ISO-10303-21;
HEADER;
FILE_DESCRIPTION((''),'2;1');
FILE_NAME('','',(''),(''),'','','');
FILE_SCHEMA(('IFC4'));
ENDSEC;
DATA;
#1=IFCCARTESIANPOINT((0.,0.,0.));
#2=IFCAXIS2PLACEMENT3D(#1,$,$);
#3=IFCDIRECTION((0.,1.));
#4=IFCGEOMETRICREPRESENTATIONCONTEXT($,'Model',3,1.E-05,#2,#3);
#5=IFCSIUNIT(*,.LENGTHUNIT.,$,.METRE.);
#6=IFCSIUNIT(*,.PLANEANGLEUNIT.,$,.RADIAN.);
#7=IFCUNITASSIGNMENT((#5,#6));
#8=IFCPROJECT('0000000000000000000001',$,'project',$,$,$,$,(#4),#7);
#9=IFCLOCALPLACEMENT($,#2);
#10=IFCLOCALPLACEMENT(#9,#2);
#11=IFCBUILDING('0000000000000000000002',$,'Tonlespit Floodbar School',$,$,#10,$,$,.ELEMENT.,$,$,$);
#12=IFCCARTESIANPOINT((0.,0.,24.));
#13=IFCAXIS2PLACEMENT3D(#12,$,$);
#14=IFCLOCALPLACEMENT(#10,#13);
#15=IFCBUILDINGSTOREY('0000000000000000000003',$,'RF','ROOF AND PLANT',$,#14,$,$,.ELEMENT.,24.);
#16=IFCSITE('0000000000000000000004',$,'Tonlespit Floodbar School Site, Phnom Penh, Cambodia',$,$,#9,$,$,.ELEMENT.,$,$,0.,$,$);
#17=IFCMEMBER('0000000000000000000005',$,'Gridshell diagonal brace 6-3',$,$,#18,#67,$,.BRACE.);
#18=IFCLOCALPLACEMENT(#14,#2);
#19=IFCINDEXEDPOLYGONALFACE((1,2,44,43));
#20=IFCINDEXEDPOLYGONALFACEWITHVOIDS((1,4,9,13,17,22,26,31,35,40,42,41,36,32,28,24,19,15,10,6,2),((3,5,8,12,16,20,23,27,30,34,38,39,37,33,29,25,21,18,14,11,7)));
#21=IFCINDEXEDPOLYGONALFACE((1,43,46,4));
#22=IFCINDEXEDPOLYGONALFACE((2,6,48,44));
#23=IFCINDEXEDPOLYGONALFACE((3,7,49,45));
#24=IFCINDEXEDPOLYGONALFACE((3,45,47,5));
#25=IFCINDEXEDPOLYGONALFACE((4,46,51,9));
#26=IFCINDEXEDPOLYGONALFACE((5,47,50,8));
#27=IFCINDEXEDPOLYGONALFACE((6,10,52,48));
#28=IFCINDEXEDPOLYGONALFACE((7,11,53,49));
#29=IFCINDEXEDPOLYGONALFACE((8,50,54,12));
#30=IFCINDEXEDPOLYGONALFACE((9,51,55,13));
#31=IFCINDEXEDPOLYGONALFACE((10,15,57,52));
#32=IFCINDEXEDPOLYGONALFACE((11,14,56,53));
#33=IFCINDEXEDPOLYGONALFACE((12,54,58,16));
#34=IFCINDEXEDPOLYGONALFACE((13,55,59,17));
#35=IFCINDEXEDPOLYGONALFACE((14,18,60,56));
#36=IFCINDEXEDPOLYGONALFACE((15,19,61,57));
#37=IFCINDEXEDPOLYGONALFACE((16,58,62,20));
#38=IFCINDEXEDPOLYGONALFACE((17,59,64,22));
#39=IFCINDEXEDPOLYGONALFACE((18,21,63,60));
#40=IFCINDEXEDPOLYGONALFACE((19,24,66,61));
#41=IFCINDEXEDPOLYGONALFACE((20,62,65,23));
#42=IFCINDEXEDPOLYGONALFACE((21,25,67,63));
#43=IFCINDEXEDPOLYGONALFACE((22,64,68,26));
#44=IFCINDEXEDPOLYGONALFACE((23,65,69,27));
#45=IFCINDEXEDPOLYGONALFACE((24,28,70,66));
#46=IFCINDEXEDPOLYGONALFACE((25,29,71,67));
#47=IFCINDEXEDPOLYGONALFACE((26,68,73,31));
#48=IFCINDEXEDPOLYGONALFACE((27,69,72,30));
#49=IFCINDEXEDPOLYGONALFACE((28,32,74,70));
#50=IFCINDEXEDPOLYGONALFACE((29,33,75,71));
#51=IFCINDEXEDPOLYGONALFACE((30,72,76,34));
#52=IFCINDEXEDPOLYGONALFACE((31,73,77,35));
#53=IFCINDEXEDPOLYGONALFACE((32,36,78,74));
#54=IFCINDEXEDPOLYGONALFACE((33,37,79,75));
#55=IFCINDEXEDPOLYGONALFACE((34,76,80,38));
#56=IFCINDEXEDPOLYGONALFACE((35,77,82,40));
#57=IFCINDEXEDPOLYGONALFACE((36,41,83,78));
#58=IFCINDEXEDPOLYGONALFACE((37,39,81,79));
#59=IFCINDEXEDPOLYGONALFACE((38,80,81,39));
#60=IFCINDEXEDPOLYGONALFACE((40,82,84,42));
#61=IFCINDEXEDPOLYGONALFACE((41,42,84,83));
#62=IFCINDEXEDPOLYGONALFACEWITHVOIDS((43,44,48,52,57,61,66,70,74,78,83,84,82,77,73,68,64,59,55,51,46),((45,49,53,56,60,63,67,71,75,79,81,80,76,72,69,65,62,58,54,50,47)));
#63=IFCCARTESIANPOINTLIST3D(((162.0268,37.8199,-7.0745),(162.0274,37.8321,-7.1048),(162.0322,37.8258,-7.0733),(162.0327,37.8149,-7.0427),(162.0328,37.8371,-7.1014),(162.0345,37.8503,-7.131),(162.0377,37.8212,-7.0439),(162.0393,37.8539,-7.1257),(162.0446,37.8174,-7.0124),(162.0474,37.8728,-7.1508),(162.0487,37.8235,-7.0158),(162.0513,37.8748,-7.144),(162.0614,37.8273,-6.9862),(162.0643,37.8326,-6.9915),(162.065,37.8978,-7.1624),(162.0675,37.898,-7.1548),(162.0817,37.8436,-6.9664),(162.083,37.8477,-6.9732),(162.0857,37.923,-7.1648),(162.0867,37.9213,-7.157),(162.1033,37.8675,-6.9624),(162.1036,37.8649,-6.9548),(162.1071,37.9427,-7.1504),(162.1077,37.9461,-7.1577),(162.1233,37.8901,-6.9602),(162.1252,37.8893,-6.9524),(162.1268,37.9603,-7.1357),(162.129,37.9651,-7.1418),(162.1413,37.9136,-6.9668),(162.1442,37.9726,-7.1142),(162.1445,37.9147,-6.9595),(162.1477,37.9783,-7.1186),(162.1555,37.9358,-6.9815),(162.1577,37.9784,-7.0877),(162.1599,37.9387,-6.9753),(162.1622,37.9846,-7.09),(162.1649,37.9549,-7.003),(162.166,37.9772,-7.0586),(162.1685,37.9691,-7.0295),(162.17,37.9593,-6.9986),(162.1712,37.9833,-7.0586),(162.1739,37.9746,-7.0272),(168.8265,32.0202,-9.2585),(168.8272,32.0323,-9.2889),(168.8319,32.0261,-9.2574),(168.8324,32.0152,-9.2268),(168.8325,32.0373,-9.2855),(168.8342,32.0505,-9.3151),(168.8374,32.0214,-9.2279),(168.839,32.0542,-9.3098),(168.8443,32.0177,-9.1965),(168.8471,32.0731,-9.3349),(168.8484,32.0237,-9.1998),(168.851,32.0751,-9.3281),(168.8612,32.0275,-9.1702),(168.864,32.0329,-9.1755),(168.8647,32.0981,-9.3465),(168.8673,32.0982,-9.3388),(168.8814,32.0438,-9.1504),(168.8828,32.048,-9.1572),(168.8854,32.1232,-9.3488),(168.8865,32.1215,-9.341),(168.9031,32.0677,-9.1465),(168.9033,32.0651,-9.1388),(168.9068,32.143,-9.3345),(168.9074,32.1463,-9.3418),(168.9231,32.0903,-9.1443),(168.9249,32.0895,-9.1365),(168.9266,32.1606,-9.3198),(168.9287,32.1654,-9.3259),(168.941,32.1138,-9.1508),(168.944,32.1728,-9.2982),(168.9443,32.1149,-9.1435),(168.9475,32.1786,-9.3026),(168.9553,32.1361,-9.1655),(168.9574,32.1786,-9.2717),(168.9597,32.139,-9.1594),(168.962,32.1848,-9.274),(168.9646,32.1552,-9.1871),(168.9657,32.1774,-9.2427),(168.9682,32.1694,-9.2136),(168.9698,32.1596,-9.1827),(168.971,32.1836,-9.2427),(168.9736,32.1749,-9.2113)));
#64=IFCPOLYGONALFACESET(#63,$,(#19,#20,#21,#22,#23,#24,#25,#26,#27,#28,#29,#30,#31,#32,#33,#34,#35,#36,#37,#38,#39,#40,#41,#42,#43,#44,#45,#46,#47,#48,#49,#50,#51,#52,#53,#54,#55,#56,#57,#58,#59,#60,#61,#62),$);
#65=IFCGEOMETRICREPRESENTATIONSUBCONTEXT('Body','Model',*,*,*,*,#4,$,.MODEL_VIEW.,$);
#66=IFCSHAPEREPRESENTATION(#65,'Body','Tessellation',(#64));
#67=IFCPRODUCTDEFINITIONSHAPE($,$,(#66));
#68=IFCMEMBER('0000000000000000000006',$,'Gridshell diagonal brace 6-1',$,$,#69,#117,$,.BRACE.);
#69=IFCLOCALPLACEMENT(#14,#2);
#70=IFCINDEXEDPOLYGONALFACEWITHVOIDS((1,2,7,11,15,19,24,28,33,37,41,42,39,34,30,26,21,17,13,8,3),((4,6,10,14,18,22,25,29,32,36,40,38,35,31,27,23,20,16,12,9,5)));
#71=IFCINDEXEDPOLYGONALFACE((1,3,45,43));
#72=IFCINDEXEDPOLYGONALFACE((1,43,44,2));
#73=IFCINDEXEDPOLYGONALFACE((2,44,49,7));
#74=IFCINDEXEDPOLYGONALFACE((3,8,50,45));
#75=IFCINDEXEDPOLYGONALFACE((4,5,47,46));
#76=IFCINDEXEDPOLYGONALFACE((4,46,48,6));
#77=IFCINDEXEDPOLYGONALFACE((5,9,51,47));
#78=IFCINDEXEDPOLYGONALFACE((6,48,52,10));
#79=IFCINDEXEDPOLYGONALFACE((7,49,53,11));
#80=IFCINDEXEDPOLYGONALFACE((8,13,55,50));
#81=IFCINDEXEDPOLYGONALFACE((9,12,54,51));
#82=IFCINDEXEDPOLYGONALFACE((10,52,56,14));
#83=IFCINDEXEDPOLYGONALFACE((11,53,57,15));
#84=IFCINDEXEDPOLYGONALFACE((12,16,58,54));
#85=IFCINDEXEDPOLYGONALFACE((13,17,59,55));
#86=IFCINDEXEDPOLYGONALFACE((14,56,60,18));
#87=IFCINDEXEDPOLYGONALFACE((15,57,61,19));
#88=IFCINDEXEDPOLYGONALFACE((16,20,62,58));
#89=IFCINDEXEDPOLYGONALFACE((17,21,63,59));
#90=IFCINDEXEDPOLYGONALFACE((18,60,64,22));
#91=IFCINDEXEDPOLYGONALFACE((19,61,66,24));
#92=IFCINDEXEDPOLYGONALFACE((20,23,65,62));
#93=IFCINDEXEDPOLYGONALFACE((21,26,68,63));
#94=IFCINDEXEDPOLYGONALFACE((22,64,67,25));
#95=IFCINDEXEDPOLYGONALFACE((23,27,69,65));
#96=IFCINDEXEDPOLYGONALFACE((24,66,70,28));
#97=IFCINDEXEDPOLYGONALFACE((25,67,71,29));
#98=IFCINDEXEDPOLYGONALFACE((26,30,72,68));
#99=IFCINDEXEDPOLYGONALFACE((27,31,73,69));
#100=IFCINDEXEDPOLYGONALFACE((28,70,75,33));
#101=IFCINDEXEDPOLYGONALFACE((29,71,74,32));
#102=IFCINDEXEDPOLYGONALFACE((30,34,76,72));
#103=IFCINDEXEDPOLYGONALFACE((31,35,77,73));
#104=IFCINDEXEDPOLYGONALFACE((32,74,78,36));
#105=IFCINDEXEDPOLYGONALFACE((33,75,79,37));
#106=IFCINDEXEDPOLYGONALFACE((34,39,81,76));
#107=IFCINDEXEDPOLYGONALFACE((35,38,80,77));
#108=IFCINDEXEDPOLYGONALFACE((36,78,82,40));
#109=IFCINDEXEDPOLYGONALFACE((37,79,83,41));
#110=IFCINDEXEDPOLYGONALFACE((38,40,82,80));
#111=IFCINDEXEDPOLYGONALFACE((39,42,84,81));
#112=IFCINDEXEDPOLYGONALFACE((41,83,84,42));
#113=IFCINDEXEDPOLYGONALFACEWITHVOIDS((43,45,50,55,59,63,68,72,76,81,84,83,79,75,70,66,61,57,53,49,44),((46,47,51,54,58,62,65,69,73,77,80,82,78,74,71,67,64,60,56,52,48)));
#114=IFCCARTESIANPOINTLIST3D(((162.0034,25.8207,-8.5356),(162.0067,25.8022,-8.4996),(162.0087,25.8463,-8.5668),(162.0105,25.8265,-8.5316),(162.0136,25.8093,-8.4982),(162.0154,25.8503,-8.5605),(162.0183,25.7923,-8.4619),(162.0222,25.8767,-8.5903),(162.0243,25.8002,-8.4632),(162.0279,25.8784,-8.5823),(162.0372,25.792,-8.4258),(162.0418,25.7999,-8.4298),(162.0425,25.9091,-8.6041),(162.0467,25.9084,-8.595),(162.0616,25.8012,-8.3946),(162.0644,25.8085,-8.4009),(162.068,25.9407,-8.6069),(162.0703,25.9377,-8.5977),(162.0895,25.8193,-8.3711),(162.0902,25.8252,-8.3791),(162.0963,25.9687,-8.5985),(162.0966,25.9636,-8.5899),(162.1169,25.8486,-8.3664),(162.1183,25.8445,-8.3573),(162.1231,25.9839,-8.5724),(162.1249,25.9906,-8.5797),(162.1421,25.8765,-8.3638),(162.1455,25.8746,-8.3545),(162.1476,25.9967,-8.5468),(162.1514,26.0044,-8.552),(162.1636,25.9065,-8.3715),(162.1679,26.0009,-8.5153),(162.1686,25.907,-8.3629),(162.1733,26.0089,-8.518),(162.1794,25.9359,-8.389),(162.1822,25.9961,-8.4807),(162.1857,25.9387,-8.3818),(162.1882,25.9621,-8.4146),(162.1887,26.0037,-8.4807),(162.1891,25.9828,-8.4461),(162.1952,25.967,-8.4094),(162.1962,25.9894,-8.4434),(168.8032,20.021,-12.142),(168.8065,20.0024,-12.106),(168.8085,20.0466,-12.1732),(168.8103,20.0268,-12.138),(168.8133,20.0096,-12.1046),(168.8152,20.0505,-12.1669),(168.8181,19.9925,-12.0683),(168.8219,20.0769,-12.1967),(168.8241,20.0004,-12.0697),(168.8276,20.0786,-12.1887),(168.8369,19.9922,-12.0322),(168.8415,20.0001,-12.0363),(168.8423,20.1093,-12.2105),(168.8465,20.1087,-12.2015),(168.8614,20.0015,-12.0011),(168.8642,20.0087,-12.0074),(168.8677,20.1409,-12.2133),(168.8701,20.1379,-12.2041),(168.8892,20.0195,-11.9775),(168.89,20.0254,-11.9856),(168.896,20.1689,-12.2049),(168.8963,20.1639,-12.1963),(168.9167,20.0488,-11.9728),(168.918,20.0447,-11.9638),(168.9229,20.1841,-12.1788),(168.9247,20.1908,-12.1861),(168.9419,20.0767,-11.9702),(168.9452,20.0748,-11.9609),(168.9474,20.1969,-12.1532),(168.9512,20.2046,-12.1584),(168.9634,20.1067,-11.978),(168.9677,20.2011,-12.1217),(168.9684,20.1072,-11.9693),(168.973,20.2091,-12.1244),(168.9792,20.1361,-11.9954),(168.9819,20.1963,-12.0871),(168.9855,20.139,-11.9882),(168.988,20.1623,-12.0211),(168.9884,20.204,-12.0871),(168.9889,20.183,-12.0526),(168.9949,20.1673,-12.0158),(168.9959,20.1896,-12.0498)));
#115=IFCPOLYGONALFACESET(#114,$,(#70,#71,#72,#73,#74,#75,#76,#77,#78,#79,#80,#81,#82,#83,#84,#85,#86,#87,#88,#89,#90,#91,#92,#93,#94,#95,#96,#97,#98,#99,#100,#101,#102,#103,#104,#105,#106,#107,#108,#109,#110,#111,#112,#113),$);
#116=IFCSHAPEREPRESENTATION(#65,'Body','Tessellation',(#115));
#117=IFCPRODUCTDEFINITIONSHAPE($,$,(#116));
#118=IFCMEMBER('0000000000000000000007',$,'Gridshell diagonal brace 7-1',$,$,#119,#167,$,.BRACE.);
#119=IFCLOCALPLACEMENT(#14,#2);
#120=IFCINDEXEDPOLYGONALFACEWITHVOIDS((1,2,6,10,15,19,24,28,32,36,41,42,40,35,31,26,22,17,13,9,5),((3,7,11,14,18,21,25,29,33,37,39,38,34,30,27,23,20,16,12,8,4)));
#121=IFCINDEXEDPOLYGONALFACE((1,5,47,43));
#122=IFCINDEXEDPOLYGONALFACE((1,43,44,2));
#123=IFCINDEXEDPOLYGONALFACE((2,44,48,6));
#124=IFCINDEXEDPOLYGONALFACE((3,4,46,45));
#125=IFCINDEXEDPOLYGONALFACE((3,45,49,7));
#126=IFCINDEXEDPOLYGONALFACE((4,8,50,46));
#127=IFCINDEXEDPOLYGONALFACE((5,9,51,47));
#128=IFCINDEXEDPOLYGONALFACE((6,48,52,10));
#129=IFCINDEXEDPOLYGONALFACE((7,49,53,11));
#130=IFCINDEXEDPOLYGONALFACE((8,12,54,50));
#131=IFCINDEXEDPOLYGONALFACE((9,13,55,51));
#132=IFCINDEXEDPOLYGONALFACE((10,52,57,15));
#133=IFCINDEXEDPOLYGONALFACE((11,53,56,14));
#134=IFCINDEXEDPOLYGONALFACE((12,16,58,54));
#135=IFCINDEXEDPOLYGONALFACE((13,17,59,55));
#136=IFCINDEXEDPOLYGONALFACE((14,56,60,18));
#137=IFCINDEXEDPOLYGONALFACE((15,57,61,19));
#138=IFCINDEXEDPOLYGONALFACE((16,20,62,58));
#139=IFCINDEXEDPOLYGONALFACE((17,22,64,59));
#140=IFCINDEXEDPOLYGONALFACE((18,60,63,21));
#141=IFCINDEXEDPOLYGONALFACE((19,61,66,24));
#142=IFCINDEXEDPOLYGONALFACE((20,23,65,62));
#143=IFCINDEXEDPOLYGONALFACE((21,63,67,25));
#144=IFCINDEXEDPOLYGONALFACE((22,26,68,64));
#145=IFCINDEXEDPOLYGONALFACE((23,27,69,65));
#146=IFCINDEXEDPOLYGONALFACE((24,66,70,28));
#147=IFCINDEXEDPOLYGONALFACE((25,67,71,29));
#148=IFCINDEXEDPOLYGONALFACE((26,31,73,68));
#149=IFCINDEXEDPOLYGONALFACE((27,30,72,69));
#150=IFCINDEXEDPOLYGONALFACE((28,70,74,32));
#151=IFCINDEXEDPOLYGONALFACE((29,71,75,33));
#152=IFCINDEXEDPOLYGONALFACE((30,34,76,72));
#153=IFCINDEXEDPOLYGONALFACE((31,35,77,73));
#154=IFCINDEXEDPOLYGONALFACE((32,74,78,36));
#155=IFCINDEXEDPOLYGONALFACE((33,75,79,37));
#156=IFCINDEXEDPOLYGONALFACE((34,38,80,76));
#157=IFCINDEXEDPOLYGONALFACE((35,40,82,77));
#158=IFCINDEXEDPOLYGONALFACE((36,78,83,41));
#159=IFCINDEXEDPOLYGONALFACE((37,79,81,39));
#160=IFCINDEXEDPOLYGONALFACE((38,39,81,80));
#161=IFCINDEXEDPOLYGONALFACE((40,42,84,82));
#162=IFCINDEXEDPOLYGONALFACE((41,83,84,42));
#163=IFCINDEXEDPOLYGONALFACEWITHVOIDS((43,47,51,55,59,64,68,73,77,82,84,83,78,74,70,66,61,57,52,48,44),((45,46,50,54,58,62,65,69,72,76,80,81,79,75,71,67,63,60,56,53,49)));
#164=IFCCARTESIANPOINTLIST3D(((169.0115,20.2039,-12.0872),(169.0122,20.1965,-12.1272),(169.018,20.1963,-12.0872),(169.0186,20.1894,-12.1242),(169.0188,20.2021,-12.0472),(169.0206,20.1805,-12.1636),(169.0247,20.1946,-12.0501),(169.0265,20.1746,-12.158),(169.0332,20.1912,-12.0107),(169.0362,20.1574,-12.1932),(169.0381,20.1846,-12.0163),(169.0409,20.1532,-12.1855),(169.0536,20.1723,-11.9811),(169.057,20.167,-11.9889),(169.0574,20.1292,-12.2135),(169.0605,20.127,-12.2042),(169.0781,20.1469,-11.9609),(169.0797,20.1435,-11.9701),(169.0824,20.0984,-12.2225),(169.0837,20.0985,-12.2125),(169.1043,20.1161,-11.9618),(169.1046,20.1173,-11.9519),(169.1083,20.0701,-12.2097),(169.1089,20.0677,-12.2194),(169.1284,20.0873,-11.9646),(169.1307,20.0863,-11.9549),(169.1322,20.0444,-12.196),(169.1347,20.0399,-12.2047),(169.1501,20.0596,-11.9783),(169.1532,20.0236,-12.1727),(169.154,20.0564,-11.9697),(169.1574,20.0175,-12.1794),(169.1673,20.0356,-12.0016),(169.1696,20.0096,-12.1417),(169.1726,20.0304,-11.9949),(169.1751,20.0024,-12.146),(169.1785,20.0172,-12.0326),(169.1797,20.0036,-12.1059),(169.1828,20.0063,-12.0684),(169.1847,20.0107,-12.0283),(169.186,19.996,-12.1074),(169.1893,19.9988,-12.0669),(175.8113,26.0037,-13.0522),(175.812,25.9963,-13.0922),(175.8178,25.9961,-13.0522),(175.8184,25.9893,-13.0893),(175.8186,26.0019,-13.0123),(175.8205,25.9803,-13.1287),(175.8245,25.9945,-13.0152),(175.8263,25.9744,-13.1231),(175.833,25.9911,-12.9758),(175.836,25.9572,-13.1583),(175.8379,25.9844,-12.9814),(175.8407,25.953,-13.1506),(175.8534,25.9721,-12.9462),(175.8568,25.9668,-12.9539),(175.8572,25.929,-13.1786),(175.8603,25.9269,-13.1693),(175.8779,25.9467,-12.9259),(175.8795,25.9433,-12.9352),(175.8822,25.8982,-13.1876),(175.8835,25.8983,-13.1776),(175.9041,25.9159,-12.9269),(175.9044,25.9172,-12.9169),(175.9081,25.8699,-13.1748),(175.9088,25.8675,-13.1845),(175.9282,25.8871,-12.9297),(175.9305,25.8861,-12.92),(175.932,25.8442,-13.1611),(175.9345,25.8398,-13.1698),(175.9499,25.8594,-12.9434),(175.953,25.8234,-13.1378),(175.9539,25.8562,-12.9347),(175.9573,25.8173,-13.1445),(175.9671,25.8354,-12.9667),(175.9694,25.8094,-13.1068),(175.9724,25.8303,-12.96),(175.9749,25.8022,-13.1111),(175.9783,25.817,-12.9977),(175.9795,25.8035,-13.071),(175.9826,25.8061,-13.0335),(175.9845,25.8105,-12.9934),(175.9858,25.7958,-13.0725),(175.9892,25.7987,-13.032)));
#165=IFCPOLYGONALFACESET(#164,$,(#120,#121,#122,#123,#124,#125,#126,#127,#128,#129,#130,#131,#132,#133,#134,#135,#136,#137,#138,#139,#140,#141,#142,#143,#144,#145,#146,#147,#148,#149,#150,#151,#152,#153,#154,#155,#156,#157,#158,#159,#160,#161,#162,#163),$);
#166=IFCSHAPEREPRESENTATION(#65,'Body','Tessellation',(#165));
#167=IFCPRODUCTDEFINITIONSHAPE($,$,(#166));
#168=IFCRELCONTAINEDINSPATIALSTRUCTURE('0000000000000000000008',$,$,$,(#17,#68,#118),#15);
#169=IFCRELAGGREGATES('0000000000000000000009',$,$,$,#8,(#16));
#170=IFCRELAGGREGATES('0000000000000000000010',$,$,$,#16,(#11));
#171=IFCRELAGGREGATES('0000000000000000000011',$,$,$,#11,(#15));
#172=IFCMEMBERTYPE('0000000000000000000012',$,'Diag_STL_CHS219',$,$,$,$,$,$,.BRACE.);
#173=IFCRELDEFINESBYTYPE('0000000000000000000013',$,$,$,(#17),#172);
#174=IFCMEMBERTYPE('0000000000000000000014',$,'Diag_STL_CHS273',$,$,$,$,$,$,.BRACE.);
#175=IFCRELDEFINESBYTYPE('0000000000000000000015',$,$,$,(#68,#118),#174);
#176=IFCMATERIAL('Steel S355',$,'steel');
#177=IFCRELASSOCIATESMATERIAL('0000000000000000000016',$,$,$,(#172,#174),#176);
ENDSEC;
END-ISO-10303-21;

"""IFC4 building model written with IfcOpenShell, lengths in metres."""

from ifc_helpers import new_model, si_unit, direction, frame, origin, origin_2d, place, context, subcontext, project, spatial, hollow_circle, extrude, material, material_profile, profile_set, type_object, element, save


model = new_model("IFC4")

# Units and contexts
model_context = context("Model", 3, precision=1e-05, world=origin(), true_north=direction((0.0, 1.0)))
body_context = subcontext(model_context, "Body", "Model", "MODEL_VIEW")
ifc_project = project(units=[si_unit("LENGTHUNIT", "METRE"), si_unit("PLANEANGLEUNIT", "RADIAN")], contexts=[model_context])

# Site, building, storey
site_placement = place(None, origin())
site = spatial("IfcSite", under=ifc_project, at=site_placement, Name="Tonlespit Floodbar School Site, Phnom Penh, Cambodia", CompositionType="ELEMENT", RefElevation=0.0)
building_placement = place(site_placement, origin())
building = spatial("IfcBuilding", under=site, at=building_placement, Name="Tonlespit Floodbar School", CompositionType="ELEMENT")
storey_placement = place(building_placement, frame((0.0, 0.0, 24.0)))
storey = spatial("IfcBuildingStorey", under=building, at=storey_placement, Name="RF", Description="ROOF AND PLANT", CompositionType="ELEMENT", Elevation=24.0)

# Members
ifc_material_1 = material(Name="Steel S355", Category="steel")
ifc_material_profile_1 = material_profile(ifc_material_1, hollow_circle(Radius=0.1096, WallThickness=0.0081, at=origin_2d()), Name="CHS 219.1x8")
ifc_profile_set_1 = profile_set([ifc_material_profile_1], Name="Steel S355")
member_type_1 = type_object("IfcMemberType", Name="Diag_STL_CHS219", PredefinedType="BRACE", material=ifc_profile_set_1)
member_1_placement = place(storey_placement, frame((162.1001, 37.8999, -7.0586), z_axis=(0.739086, -0.630394, -0.237393), x_axis=(0.648945, 0.760836, 0.0)))
element("IfcMember", 1, at=member_1_placement, inside=storey, type_object=member_type_1, Name="Gridshell diagonal brace 6-3", PredefinedType="BRACE", context=body_context, shape_type="SweptSolid", body=[
    extrude(hollow_circle(Radius=0.1096, WallThickness=0.0081, at=origin_2d()), origin(), (0.0, 0.0, 1.0), 9.2002),
])
ifc_material_profile_2 = material_profile(ifc_material_1, hollow_circle(Radius=0.1365, WallThickness=0.01, at=origin_2d()), Name="CHS 273x10")
ifc_profile_set_2 = profile_set([ifc_material_profile_2], Name="Steel S355")
member_type_2 = type_object("IfcMemberType", Name="Diag_STL_CHS273", PredefinedType="BRACE", material=ifc_profile_set_2)
member_2_placement = place(storey_placement, frame((162.1001, 25.8999, -8.4807), z_axis=(0.705556, -0.601795, -0.374209), x_axis=(0.648945, 0.760836, 0.0)))
element("IfcMember", 2, at=member_2_placement, inside=storey, type_object=member_type_2, Name="Gridshell diagonal brace 6-1", PredefinedType="BRACE", context=body_context, shape_type="SweptSolid", body=[
    extrude(hollow_circle(Radius=0.1365, WallThickness=0.01, at=origin_2d()), origin(), (0.0, 0.0, 1.0), 9.6375),
])
member_3_placement = place(storey_placement, frame((169.1001, 20.1001, -12.0872), z_axis=(0.756438, 0.645194, -0.10736), x_axis=(-0.648945, 0.760836, 0.0)))
element("IfcMember", 3, at=member_3_placement, inside=storey, type_object=member_type_2, Name="Gridshell diagonal brace 7-1", PredefinedType="BRACE", context=body_context, shape_type="SweptSolid", body=[
    extrude(hollow_circle(Radius=0.1365, WallThickness=0.01, at=origin_2d()), origin(), (0.0, 0.0, 1.0), 8.9893),
])

save(model, "model.ifc")
